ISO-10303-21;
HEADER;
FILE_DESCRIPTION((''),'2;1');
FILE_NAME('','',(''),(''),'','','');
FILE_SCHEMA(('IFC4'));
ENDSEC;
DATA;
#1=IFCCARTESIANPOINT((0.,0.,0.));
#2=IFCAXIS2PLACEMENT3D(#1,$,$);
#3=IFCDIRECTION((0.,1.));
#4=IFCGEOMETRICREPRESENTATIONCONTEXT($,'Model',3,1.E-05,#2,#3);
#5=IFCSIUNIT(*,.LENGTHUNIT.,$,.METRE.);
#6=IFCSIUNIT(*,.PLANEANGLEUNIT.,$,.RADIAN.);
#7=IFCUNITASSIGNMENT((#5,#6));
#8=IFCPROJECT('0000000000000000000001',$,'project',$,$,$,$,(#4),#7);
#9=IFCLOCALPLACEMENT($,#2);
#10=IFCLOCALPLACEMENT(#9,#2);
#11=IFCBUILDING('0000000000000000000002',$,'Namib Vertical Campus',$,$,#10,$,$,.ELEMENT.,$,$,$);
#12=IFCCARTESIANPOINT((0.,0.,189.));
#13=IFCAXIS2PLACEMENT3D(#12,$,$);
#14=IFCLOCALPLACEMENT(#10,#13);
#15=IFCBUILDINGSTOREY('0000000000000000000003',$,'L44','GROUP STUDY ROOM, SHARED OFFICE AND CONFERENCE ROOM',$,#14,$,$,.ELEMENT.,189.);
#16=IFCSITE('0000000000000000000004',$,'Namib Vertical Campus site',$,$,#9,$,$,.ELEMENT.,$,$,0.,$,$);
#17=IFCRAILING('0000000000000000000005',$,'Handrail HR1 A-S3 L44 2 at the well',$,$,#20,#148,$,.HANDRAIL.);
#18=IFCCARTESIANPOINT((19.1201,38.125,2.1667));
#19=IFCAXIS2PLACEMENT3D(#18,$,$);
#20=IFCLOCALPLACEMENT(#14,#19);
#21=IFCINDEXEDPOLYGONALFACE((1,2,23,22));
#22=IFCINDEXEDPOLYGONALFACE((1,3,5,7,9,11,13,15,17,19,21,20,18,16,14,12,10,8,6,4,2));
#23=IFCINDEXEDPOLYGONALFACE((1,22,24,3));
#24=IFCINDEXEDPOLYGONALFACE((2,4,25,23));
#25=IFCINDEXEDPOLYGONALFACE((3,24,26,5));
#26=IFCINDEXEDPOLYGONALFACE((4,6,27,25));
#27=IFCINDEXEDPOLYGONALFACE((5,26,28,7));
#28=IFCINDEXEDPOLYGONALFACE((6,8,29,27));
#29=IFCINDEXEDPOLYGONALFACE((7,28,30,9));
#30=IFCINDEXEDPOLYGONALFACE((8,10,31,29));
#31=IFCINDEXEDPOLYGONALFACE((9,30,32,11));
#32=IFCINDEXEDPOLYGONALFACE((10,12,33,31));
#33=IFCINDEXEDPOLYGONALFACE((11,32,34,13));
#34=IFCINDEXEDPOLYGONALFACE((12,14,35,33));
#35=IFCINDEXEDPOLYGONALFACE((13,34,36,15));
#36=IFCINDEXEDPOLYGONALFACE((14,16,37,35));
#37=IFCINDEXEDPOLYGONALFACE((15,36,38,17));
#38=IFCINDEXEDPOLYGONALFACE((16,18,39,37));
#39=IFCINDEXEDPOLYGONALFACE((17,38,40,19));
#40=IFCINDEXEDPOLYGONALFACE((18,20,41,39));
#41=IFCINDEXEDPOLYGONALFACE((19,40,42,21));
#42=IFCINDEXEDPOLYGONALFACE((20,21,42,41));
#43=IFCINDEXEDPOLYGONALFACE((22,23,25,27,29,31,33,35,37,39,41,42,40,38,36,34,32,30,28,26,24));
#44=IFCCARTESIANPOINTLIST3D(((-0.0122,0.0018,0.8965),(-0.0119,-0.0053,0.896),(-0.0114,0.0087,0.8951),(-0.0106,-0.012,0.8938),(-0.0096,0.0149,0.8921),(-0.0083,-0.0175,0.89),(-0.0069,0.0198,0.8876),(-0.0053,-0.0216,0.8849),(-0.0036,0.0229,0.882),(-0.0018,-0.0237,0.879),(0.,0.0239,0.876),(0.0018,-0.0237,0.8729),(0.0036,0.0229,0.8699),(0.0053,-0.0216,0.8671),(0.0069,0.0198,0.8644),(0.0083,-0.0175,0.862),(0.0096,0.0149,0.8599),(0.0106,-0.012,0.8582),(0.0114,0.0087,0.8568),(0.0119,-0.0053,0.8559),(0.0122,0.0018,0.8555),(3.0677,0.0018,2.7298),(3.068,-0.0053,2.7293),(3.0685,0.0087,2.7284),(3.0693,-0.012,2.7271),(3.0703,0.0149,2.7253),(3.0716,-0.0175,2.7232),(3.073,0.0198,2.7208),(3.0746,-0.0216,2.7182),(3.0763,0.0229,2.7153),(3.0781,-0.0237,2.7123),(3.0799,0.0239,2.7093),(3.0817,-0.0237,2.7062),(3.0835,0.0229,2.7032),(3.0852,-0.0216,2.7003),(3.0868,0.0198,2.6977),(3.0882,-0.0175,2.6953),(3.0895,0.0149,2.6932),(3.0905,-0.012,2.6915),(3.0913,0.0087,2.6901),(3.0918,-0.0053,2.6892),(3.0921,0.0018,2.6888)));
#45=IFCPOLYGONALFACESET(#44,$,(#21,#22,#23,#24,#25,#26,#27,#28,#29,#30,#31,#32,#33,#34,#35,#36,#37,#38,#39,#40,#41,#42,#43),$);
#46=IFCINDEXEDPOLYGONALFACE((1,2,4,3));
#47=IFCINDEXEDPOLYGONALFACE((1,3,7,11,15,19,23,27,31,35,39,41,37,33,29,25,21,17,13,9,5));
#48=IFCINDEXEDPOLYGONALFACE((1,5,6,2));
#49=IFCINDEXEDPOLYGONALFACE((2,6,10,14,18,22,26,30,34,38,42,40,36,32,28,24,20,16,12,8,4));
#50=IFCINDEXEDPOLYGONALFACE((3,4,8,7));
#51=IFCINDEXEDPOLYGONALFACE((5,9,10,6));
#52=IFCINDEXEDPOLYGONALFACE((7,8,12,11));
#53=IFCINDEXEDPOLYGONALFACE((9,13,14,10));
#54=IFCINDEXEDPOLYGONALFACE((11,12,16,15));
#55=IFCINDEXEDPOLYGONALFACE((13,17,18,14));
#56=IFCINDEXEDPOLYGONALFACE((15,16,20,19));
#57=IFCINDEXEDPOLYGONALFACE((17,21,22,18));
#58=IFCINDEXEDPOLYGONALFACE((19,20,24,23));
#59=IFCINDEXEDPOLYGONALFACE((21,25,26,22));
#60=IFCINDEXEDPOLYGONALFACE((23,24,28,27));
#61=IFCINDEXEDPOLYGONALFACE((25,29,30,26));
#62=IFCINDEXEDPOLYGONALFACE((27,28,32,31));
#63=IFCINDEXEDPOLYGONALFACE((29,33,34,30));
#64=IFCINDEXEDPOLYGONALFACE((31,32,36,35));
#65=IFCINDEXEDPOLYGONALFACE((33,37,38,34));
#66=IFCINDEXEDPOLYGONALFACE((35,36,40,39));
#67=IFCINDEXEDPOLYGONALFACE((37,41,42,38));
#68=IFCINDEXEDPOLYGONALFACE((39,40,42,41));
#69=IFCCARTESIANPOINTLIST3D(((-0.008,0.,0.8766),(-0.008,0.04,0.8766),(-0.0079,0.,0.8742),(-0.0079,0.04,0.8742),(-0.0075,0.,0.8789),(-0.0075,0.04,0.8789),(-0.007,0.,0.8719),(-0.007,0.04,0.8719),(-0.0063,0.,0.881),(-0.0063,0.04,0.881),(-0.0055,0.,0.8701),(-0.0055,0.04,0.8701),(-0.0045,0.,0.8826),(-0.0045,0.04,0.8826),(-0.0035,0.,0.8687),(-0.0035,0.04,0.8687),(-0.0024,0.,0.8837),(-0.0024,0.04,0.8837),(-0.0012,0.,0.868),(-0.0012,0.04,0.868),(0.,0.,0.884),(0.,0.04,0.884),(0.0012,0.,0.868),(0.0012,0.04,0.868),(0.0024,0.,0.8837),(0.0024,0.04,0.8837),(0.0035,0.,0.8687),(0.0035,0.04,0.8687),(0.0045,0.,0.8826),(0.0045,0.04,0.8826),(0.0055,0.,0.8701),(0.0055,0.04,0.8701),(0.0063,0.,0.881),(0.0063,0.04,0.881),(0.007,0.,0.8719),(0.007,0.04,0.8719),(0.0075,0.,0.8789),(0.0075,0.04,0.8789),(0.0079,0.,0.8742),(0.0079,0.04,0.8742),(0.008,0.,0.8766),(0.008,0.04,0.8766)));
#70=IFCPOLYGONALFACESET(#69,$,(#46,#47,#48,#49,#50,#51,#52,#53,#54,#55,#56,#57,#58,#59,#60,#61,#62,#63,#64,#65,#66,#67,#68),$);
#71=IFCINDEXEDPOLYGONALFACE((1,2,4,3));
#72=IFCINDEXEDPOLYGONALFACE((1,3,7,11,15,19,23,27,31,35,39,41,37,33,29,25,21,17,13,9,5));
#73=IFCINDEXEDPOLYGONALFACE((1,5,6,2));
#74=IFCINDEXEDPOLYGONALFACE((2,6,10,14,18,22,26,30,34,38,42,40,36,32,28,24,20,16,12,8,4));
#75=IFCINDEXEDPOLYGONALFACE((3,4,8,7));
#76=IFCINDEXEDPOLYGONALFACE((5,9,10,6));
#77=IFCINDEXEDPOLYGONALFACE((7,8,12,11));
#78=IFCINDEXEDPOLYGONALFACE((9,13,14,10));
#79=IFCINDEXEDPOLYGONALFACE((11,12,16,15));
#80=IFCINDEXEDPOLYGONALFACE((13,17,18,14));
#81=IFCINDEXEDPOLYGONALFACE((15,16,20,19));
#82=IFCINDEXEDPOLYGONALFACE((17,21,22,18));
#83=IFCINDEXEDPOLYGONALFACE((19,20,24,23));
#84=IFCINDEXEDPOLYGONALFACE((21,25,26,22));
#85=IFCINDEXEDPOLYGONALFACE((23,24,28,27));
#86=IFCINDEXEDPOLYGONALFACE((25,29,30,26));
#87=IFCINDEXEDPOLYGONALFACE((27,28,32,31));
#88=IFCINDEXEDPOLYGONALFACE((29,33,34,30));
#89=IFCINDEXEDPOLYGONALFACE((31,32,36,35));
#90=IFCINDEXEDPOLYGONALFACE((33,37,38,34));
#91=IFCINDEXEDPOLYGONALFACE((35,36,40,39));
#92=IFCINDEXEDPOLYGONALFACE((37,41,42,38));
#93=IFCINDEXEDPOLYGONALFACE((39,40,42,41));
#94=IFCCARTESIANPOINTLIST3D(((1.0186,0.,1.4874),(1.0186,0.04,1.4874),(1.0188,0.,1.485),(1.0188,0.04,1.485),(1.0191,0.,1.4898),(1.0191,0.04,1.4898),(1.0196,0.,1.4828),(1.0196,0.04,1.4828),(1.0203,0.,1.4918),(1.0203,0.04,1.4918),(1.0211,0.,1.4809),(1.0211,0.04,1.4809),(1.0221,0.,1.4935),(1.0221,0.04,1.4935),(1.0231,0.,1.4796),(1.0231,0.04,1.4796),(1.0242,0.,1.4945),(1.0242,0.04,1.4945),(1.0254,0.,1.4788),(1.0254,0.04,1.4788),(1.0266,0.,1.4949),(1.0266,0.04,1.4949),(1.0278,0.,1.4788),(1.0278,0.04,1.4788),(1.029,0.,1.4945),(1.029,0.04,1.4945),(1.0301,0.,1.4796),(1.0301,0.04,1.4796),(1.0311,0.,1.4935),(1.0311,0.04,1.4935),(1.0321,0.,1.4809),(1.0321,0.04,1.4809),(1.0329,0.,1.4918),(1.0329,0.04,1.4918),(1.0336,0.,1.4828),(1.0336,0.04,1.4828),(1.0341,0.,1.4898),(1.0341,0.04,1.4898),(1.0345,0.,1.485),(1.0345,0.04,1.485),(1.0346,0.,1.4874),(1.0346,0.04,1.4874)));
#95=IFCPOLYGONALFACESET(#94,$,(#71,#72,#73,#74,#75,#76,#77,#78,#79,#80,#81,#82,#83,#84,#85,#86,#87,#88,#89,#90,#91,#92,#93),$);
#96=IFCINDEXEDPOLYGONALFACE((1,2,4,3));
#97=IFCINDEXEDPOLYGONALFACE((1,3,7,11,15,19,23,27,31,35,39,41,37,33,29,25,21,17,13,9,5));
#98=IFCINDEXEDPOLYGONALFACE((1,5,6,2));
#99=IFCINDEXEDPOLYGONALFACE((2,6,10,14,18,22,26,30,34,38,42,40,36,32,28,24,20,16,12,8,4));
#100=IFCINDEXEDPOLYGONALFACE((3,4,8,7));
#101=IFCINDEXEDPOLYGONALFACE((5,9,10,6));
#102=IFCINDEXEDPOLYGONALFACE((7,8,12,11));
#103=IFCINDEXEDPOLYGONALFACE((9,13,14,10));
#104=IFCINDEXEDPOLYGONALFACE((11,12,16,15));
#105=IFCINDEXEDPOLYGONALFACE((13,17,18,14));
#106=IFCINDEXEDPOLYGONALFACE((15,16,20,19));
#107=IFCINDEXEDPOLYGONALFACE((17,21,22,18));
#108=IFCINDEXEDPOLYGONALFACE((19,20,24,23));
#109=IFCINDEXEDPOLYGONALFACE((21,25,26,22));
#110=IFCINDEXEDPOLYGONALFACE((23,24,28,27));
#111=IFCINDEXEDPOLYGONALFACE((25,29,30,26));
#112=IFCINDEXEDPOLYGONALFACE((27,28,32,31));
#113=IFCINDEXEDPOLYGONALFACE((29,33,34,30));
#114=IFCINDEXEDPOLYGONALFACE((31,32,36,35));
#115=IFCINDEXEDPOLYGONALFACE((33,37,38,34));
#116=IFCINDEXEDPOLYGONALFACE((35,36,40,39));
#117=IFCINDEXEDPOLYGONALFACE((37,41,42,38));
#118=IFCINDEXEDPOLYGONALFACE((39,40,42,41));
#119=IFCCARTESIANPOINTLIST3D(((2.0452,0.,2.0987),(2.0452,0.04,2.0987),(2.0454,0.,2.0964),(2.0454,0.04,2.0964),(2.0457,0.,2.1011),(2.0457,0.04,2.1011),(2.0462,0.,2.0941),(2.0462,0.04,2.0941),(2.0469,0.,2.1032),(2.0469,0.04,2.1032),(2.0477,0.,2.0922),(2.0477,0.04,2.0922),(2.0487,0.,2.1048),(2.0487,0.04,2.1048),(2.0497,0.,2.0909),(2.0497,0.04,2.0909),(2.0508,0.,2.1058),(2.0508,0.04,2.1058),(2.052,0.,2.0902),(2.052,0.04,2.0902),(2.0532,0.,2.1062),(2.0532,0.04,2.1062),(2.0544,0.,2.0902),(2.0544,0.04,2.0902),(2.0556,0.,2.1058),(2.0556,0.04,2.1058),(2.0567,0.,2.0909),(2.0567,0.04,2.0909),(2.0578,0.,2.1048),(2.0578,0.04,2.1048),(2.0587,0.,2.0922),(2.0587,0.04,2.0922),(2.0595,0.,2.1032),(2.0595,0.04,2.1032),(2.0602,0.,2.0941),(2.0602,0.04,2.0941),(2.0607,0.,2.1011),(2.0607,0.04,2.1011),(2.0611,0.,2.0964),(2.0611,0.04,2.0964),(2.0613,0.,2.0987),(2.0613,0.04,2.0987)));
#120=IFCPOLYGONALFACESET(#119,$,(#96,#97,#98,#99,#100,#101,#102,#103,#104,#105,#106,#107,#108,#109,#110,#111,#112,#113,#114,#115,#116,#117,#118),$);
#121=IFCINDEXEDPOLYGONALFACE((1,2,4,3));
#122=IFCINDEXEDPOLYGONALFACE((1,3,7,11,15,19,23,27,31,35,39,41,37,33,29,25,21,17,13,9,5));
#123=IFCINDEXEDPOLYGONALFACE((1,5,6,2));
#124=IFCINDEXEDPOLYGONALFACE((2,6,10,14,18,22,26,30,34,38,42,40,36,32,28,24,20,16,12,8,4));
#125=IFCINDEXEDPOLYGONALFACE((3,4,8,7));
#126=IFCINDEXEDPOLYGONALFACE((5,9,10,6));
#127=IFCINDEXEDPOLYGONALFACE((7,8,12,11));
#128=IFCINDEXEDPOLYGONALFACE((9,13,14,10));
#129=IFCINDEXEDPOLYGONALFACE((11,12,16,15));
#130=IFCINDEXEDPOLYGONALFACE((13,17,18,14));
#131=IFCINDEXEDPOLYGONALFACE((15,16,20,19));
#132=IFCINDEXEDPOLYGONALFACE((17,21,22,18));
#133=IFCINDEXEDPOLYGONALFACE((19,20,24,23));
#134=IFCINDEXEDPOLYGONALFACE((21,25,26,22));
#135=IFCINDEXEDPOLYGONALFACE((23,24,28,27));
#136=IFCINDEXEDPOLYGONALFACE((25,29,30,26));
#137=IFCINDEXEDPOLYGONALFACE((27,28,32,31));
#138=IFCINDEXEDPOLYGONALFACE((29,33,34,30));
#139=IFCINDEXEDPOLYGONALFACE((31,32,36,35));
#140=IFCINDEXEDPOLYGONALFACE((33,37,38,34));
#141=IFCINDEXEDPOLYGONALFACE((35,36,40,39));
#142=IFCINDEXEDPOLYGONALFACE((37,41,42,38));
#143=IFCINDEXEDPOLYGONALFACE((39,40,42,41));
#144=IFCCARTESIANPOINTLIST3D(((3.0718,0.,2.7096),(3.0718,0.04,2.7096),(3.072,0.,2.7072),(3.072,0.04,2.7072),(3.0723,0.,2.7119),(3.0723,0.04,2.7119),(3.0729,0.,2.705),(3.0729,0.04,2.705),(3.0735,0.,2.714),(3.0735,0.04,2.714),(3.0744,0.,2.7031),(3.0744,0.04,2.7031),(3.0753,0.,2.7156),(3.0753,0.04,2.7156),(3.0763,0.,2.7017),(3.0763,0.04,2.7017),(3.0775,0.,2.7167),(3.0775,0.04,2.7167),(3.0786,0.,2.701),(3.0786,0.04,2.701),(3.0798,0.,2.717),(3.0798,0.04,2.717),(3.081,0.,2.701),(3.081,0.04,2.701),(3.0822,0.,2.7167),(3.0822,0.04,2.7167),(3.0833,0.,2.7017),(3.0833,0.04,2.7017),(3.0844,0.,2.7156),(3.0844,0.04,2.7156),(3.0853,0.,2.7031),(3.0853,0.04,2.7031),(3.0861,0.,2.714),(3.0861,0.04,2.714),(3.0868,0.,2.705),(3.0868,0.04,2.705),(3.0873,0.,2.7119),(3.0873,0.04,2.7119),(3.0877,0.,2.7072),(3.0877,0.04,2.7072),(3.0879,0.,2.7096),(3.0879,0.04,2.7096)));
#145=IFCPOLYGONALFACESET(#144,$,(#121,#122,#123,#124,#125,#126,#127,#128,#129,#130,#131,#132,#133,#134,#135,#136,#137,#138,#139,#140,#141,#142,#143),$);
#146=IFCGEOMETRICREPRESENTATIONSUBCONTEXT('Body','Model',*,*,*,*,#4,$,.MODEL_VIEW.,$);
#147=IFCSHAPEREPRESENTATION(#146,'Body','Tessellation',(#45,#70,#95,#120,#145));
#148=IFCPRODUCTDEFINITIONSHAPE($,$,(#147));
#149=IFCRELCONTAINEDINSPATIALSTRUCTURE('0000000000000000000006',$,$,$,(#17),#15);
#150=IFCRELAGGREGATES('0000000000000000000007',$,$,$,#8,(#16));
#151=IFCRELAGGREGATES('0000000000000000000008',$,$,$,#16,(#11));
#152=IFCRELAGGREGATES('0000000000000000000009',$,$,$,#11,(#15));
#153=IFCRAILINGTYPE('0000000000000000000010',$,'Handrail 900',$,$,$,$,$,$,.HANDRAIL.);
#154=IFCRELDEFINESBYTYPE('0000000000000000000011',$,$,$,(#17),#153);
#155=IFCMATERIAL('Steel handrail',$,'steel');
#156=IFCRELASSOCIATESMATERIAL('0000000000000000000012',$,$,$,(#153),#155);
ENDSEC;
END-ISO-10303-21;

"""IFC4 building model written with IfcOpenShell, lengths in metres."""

from ifc_helpers import new_model, si_unit, direction, frame, origin, origin_2d, place, context, subcontext, project, spatial, circle, extrude, material, type_object, element, save


model = new_model("IFC4")

# Units and contexts
model_context = context("Model", 3, precision=1e-05, world=origin(), true_north=direction((0.0, 1.0)))
body_context = subcontext(model_context, "Body", "Model", "MODEL_VIEW")
ifc_project = project(units=[si_unit("LENGTHUNIT", "METRE"), si_unit("PLANEANGLEUNIT", "RADIAN")], contexts=[model_context])

# Site, building, storey
site_placement = place(None, origin())
site = spatial("IfcSite", under=ifc_project, at=site_placement, Name="Namib Vertical Campus site", CompositionType="ELEMENT", RefElevation=0.0)
building_placement = place(site_placement, origin())
building = spatial("IfcBuilding", under=site, at=building_placement, Name="Namib Vertical Campus", CompositionType="ELEMENT")
storey_placement = place(building_placement, frame((0.0, 0.0, 189.0)))
storey = spatial("IfcBuildingStorey", under=building, at=storey_placement, Name="L44", Description="GROUP STUDY ROOM, SHARED OFFICE AND CONFERENCE ROOM", CompositionType="ELEMENT", Elevation=189.0)

# Railing
ifc_material_1 = material(Name="Steel handrail", Category="steel")
railing_type_1 = type_object("IfcRailingType", Name="Handrail 900", PredefinedType="HANDRAIL", material=ifc_material_1)
railing_1_placement = place(storey_placement, frame((19.1201, 38.125, 2.1667)))
element("IfcRailing", 1, at=railing_1_placement, inside=storey, type_object=railing_type_1, Name="Handrail HR1 A-S3 L44 2 at the well", PredefinedType="HANDRAIL", context=body_context, shape_type="SweptSolid", body=[
    extrude(circle(Radius=0.0239, at=origin_2d()), frame((0.0, 0.0, 0.876), z_axis=(0.859291, 0.0, 0.511487), x_axis=(0.0, 1.0, 0.0)), (0.0, 0.0, 1.0), 3.5842),
    extrude(circle(Radius=0.0081, at=origin_2d()), frame((0.0, 0.0, 0.876), z_axis=(0.0, 1.0, 0.0), x_axis=(0.0, 0.0, 1.0)), (0.0, 0.0, 1.0), 0.04),
    extrude(circle(Radius=0.0081, at=origin_2d()), frame((1.0266, 0.0, 1.4868), z_axis=(0.0, 1.0, 0.0), x_axis=(0.0, 0.0, 1.0)), (0.0, 0.0, 1.0), 0.04),
    extrude(circle(Radius=0.0081, at=origin_2d()), frame((2.0532, 0.0, 2.0981), z_axis=(0.0, 1.0, 0.0), x_axis=(0.0, 0.0, 1.0)), (0.0, 0.0, 1.0), 0.04),
    extrude(circle(Radius=0.0081, at=origin_2d()), frame((3.0798, 0.0, 2.709), z_axis=(0.0, 1.0, 0.0), x_axis=(0.0, 0.0, 1.0)), (0.0, 0.0, 1.0), 0.04),
])

save(model, "model.ifc")
